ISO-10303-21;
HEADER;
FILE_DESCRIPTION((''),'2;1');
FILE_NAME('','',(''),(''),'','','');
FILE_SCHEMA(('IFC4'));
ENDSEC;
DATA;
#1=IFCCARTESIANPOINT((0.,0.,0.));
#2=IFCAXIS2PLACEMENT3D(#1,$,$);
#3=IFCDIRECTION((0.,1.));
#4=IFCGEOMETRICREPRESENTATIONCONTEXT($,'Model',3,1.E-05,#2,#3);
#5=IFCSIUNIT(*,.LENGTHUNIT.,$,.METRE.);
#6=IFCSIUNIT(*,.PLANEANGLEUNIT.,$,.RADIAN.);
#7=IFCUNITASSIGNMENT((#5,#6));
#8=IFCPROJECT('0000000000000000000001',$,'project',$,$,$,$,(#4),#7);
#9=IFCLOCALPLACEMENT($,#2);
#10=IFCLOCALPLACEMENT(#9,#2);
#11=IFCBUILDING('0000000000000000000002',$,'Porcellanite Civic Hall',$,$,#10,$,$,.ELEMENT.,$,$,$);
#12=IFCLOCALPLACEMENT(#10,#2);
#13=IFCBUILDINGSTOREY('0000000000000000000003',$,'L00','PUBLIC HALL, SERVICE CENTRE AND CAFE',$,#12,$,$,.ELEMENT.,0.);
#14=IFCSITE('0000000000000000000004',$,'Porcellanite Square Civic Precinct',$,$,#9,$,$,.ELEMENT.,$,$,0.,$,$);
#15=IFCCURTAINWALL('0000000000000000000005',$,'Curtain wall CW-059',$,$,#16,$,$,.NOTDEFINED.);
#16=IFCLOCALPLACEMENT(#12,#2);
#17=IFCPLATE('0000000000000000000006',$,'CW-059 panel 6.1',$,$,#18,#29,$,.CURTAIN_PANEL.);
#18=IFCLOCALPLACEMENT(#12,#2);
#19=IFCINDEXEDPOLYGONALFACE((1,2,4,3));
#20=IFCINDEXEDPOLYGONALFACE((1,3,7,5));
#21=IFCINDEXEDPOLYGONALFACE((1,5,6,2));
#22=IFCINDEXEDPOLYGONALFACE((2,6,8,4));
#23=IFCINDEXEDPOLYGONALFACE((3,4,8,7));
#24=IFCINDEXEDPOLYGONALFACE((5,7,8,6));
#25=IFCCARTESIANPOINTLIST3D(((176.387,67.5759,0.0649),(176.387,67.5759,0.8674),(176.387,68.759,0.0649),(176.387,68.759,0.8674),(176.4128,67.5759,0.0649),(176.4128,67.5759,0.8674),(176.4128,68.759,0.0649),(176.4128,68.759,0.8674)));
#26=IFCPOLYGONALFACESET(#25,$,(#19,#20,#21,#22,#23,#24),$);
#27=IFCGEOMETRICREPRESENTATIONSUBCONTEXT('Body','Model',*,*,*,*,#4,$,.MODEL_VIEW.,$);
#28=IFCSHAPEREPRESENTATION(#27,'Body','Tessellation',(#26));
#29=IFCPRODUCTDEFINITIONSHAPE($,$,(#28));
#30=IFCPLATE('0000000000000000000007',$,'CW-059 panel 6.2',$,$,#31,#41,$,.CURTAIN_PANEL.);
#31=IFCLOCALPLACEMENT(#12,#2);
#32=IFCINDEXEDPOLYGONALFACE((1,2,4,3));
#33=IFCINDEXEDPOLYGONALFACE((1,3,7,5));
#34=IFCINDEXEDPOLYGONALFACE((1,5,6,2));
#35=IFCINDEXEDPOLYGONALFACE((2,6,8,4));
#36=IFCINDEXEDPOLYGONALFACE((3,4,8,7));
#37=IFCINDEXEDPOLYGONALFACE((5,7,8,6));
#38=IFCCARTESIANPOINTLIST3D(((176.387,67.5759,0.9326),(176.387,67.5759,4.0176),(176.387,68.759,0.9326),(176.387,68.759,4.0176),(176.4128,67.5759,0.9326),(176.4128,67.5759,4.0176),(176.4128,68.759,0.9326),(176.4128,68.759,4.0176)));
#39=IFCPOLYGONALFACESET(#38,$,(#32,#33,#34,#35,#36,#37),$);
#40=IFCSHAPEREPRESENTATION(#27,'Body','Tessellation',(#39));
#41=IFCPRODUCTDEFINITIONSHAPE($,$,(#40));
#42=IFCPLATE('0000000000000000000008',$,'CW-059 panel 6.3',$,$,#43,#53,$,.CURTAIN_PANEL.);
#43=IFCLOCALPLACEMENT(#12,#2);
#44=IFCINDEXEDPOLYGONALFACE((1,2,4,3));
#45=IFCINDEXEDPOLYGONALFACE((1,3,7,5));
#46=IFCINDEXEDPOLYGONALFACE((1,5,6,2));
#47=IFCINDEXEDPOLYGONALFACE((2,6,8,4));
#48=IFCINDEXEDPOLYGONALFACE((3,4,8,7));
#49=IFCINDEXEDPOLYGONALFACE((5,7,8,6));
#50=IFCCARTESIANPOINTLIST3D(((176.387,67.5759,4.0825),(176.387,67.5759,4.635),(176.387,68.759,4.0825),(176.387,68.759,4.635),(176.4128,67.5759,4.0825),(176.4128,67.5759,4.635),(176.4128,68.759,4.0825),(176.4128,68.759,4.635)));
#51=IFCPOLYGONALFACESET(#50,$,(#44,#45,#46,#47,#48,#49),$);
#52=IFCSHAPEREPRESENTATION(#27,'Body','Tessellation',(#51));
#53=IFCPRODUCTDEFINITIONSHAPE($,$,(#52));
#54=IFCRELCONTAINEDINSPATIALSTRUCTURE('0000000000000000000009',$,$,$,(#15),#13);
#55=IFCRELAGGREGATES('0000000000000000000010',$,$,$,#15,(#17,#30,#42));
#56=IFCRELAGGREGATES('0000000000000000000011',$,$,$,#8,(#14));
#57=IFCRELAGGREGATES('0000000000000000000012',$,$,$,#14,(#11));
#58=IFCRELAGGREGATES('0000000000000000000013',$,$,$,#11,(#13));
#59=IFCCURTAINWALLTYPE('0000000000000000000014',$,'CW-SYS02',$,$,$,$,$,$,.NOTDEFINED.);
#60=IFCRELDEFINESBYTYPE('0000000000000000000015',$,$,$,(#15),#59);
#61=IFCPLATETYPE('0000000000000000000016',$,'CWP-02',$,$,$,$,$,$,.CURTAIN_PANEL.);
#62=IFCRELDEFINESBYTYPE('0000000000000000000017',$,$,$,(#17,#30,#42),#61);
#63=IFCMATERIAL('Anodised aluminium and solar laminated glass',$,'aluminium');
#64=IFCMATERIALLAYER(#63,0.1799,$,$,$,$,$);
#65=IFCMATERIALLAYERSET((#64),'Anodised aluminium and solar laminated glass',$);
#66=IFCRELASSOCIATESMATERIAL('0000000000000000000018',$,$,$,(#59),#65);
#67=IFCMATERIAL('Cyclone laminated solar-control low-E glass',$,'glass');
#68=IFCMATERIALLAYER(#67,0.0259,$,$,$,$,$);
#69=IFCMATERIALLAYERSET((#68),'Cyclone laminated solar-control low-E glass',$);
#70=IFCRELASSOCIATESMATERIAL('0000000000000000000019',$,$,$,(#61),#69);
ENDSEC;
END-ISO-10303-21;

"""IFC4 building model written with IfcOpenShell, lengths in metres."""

from ifc_helpers import new_model, si_unit, direction, frame, origin, origin_2d, place, context, subcontext, project, spatial, rectangle, extrude, material, layer, layer_set, type_object, element, aggregate, save


model = new_model("IFC4")

# Units and contexts
model_context = context("Model", 3, precision=1e-05, world=origin(), true_north=direction((0.0, 1.0)))
body_context = subcontext(model_context, "Body", "Model", "MODEL_VIEW")
ifc_project = project(units=[si_unit("LENGTHUNIT", "METRE"), si_unit("PLANEANGLEUNIT", "RADIAN")], contexts=[model_context])

# Site, building, storey
site_placement = place(None, origin())
site = spatial("IfcSite", under=ifc_project, at=site_placement, Name="Porcellanite Square Civic Precinct", CompositionType="ELEMENT", RefElevation=0.0)
building_placement = place(site_placement, origin())
building = spatial("IfcBuilding", under=site, at=building_placement, Name="Porcellanite Civic Hall", CompositionType="ELEMENT")
storey_placement = place(building_placement, origin())
storey = spatial("IfcBuildingStorey", under=building, at=storey_placement, Name="L00", Description="PUBLIC HALL, SERVICE CENTRE AND CAFE", CompositionType="ELEMENT", Elevation=0.0)

# Curtain wall
ifc_material_1 = material(Name="Anodised aluminium and solar laminated glass", Category="aluminium")
ifc_layer_1 = layer(ifc_material_1, 0.1799)
ifc_layer_set_1 = layer_set([ifc_layer_1], Name="Anodised aluminium and solar laminated glass")
curtain_wall_type = type_object("IfcCurtainWallType", Name="CW-SYS02", PredefinedType="NOTDEFINED", material=ifc_layer_set_1)
curtain_wall_placement = place(storey_placement, origin())
curtain_wall = element("IfcCurtainWall", 1, at=curtain_wall_placement, inside=storey, type_object=curtain_wall_type, Name="Curtain wall CW-059", PredefinedType="NOTDEFINED")

# Plates
ifc_material_2 = material(Name="Cyclone laminated solar-control low-E glass", Category="glass")
ifc_layer_2 = layer(ifc_material_2, 0.0259)
ifc_layer_set_2 = layer_set([ifc_layer_2], Name="Cyclone laminated solar-control low-E glass")
plate_type = type_object("IfcPlateType", Name="CWP-02", PredefinedType="CURTAIN_PANEL", material=ifc_layer_set_2)
plate_1_placement = place(storey_placement, frame((176.3999, 68.1675, 0.0649), z_axis=(0.0, 0.0, 1.0), x_axis=(0.0, -1.0, 0.0)))
plate_1 = element("IfcPlate", 2, at=plate_1_placement, type_object=plate_type, Name="CW-059 panel 6.1", PredefinedType="CURTAIN_PANEL", context=body_context, shape_type="SweptSolid", body=[
    extrude(rectangle(XDim=1.1831, YDim=0.0259, at=origin_2d()), origin(), (0.0, 0.0, 1.0), 0.8025),
])
plate_2_placement = place(storey_placement, frame((176.3999, 68.1675, 0.9326), z_axis=(0.0, 0.0, 1.0), x_axis=(0.0, -1.0, 0.0)))
plate_2 = element("IfcPlate", 3, at=plate_2_placement, type_object=plate_type, Name="CW-059 panel 6.2", PredefinedType="CURTAIN_PANEL", context=body_context, shape_type="SweptSolid", body=[
    extrude(rectangle(XDim=1.1831, YDim=0.0259, at=origin_2d()), origin(), (0.0, 0.0, 1.0), 3.085),
])
plate_3_placement = place(storey_placement, frame((176.3999, 68.1675, 4.0825), z_axis=(0.0, 0.0, 1.0), x_axis=(0.0, -1.0, 0.0)))
plate_3 = element("IfcPlate", 4, at=plate_3_placement, type_object=plate_type, Name="CW-059 panel 6.3", PredefinedType="CURTAIN_PANEL", context=body_context, shape_type="SweptSolid", body=[
    extrude(rectangle(XDim=1.1831, YDim=0.0259, at=origin_2d()), origin(), (0.0, 0.0, 1.0), 0.5525),
])
aggregate(curtain_wall, [plate_1, plate_2, plate_3])

save(model, "model.ifc")
